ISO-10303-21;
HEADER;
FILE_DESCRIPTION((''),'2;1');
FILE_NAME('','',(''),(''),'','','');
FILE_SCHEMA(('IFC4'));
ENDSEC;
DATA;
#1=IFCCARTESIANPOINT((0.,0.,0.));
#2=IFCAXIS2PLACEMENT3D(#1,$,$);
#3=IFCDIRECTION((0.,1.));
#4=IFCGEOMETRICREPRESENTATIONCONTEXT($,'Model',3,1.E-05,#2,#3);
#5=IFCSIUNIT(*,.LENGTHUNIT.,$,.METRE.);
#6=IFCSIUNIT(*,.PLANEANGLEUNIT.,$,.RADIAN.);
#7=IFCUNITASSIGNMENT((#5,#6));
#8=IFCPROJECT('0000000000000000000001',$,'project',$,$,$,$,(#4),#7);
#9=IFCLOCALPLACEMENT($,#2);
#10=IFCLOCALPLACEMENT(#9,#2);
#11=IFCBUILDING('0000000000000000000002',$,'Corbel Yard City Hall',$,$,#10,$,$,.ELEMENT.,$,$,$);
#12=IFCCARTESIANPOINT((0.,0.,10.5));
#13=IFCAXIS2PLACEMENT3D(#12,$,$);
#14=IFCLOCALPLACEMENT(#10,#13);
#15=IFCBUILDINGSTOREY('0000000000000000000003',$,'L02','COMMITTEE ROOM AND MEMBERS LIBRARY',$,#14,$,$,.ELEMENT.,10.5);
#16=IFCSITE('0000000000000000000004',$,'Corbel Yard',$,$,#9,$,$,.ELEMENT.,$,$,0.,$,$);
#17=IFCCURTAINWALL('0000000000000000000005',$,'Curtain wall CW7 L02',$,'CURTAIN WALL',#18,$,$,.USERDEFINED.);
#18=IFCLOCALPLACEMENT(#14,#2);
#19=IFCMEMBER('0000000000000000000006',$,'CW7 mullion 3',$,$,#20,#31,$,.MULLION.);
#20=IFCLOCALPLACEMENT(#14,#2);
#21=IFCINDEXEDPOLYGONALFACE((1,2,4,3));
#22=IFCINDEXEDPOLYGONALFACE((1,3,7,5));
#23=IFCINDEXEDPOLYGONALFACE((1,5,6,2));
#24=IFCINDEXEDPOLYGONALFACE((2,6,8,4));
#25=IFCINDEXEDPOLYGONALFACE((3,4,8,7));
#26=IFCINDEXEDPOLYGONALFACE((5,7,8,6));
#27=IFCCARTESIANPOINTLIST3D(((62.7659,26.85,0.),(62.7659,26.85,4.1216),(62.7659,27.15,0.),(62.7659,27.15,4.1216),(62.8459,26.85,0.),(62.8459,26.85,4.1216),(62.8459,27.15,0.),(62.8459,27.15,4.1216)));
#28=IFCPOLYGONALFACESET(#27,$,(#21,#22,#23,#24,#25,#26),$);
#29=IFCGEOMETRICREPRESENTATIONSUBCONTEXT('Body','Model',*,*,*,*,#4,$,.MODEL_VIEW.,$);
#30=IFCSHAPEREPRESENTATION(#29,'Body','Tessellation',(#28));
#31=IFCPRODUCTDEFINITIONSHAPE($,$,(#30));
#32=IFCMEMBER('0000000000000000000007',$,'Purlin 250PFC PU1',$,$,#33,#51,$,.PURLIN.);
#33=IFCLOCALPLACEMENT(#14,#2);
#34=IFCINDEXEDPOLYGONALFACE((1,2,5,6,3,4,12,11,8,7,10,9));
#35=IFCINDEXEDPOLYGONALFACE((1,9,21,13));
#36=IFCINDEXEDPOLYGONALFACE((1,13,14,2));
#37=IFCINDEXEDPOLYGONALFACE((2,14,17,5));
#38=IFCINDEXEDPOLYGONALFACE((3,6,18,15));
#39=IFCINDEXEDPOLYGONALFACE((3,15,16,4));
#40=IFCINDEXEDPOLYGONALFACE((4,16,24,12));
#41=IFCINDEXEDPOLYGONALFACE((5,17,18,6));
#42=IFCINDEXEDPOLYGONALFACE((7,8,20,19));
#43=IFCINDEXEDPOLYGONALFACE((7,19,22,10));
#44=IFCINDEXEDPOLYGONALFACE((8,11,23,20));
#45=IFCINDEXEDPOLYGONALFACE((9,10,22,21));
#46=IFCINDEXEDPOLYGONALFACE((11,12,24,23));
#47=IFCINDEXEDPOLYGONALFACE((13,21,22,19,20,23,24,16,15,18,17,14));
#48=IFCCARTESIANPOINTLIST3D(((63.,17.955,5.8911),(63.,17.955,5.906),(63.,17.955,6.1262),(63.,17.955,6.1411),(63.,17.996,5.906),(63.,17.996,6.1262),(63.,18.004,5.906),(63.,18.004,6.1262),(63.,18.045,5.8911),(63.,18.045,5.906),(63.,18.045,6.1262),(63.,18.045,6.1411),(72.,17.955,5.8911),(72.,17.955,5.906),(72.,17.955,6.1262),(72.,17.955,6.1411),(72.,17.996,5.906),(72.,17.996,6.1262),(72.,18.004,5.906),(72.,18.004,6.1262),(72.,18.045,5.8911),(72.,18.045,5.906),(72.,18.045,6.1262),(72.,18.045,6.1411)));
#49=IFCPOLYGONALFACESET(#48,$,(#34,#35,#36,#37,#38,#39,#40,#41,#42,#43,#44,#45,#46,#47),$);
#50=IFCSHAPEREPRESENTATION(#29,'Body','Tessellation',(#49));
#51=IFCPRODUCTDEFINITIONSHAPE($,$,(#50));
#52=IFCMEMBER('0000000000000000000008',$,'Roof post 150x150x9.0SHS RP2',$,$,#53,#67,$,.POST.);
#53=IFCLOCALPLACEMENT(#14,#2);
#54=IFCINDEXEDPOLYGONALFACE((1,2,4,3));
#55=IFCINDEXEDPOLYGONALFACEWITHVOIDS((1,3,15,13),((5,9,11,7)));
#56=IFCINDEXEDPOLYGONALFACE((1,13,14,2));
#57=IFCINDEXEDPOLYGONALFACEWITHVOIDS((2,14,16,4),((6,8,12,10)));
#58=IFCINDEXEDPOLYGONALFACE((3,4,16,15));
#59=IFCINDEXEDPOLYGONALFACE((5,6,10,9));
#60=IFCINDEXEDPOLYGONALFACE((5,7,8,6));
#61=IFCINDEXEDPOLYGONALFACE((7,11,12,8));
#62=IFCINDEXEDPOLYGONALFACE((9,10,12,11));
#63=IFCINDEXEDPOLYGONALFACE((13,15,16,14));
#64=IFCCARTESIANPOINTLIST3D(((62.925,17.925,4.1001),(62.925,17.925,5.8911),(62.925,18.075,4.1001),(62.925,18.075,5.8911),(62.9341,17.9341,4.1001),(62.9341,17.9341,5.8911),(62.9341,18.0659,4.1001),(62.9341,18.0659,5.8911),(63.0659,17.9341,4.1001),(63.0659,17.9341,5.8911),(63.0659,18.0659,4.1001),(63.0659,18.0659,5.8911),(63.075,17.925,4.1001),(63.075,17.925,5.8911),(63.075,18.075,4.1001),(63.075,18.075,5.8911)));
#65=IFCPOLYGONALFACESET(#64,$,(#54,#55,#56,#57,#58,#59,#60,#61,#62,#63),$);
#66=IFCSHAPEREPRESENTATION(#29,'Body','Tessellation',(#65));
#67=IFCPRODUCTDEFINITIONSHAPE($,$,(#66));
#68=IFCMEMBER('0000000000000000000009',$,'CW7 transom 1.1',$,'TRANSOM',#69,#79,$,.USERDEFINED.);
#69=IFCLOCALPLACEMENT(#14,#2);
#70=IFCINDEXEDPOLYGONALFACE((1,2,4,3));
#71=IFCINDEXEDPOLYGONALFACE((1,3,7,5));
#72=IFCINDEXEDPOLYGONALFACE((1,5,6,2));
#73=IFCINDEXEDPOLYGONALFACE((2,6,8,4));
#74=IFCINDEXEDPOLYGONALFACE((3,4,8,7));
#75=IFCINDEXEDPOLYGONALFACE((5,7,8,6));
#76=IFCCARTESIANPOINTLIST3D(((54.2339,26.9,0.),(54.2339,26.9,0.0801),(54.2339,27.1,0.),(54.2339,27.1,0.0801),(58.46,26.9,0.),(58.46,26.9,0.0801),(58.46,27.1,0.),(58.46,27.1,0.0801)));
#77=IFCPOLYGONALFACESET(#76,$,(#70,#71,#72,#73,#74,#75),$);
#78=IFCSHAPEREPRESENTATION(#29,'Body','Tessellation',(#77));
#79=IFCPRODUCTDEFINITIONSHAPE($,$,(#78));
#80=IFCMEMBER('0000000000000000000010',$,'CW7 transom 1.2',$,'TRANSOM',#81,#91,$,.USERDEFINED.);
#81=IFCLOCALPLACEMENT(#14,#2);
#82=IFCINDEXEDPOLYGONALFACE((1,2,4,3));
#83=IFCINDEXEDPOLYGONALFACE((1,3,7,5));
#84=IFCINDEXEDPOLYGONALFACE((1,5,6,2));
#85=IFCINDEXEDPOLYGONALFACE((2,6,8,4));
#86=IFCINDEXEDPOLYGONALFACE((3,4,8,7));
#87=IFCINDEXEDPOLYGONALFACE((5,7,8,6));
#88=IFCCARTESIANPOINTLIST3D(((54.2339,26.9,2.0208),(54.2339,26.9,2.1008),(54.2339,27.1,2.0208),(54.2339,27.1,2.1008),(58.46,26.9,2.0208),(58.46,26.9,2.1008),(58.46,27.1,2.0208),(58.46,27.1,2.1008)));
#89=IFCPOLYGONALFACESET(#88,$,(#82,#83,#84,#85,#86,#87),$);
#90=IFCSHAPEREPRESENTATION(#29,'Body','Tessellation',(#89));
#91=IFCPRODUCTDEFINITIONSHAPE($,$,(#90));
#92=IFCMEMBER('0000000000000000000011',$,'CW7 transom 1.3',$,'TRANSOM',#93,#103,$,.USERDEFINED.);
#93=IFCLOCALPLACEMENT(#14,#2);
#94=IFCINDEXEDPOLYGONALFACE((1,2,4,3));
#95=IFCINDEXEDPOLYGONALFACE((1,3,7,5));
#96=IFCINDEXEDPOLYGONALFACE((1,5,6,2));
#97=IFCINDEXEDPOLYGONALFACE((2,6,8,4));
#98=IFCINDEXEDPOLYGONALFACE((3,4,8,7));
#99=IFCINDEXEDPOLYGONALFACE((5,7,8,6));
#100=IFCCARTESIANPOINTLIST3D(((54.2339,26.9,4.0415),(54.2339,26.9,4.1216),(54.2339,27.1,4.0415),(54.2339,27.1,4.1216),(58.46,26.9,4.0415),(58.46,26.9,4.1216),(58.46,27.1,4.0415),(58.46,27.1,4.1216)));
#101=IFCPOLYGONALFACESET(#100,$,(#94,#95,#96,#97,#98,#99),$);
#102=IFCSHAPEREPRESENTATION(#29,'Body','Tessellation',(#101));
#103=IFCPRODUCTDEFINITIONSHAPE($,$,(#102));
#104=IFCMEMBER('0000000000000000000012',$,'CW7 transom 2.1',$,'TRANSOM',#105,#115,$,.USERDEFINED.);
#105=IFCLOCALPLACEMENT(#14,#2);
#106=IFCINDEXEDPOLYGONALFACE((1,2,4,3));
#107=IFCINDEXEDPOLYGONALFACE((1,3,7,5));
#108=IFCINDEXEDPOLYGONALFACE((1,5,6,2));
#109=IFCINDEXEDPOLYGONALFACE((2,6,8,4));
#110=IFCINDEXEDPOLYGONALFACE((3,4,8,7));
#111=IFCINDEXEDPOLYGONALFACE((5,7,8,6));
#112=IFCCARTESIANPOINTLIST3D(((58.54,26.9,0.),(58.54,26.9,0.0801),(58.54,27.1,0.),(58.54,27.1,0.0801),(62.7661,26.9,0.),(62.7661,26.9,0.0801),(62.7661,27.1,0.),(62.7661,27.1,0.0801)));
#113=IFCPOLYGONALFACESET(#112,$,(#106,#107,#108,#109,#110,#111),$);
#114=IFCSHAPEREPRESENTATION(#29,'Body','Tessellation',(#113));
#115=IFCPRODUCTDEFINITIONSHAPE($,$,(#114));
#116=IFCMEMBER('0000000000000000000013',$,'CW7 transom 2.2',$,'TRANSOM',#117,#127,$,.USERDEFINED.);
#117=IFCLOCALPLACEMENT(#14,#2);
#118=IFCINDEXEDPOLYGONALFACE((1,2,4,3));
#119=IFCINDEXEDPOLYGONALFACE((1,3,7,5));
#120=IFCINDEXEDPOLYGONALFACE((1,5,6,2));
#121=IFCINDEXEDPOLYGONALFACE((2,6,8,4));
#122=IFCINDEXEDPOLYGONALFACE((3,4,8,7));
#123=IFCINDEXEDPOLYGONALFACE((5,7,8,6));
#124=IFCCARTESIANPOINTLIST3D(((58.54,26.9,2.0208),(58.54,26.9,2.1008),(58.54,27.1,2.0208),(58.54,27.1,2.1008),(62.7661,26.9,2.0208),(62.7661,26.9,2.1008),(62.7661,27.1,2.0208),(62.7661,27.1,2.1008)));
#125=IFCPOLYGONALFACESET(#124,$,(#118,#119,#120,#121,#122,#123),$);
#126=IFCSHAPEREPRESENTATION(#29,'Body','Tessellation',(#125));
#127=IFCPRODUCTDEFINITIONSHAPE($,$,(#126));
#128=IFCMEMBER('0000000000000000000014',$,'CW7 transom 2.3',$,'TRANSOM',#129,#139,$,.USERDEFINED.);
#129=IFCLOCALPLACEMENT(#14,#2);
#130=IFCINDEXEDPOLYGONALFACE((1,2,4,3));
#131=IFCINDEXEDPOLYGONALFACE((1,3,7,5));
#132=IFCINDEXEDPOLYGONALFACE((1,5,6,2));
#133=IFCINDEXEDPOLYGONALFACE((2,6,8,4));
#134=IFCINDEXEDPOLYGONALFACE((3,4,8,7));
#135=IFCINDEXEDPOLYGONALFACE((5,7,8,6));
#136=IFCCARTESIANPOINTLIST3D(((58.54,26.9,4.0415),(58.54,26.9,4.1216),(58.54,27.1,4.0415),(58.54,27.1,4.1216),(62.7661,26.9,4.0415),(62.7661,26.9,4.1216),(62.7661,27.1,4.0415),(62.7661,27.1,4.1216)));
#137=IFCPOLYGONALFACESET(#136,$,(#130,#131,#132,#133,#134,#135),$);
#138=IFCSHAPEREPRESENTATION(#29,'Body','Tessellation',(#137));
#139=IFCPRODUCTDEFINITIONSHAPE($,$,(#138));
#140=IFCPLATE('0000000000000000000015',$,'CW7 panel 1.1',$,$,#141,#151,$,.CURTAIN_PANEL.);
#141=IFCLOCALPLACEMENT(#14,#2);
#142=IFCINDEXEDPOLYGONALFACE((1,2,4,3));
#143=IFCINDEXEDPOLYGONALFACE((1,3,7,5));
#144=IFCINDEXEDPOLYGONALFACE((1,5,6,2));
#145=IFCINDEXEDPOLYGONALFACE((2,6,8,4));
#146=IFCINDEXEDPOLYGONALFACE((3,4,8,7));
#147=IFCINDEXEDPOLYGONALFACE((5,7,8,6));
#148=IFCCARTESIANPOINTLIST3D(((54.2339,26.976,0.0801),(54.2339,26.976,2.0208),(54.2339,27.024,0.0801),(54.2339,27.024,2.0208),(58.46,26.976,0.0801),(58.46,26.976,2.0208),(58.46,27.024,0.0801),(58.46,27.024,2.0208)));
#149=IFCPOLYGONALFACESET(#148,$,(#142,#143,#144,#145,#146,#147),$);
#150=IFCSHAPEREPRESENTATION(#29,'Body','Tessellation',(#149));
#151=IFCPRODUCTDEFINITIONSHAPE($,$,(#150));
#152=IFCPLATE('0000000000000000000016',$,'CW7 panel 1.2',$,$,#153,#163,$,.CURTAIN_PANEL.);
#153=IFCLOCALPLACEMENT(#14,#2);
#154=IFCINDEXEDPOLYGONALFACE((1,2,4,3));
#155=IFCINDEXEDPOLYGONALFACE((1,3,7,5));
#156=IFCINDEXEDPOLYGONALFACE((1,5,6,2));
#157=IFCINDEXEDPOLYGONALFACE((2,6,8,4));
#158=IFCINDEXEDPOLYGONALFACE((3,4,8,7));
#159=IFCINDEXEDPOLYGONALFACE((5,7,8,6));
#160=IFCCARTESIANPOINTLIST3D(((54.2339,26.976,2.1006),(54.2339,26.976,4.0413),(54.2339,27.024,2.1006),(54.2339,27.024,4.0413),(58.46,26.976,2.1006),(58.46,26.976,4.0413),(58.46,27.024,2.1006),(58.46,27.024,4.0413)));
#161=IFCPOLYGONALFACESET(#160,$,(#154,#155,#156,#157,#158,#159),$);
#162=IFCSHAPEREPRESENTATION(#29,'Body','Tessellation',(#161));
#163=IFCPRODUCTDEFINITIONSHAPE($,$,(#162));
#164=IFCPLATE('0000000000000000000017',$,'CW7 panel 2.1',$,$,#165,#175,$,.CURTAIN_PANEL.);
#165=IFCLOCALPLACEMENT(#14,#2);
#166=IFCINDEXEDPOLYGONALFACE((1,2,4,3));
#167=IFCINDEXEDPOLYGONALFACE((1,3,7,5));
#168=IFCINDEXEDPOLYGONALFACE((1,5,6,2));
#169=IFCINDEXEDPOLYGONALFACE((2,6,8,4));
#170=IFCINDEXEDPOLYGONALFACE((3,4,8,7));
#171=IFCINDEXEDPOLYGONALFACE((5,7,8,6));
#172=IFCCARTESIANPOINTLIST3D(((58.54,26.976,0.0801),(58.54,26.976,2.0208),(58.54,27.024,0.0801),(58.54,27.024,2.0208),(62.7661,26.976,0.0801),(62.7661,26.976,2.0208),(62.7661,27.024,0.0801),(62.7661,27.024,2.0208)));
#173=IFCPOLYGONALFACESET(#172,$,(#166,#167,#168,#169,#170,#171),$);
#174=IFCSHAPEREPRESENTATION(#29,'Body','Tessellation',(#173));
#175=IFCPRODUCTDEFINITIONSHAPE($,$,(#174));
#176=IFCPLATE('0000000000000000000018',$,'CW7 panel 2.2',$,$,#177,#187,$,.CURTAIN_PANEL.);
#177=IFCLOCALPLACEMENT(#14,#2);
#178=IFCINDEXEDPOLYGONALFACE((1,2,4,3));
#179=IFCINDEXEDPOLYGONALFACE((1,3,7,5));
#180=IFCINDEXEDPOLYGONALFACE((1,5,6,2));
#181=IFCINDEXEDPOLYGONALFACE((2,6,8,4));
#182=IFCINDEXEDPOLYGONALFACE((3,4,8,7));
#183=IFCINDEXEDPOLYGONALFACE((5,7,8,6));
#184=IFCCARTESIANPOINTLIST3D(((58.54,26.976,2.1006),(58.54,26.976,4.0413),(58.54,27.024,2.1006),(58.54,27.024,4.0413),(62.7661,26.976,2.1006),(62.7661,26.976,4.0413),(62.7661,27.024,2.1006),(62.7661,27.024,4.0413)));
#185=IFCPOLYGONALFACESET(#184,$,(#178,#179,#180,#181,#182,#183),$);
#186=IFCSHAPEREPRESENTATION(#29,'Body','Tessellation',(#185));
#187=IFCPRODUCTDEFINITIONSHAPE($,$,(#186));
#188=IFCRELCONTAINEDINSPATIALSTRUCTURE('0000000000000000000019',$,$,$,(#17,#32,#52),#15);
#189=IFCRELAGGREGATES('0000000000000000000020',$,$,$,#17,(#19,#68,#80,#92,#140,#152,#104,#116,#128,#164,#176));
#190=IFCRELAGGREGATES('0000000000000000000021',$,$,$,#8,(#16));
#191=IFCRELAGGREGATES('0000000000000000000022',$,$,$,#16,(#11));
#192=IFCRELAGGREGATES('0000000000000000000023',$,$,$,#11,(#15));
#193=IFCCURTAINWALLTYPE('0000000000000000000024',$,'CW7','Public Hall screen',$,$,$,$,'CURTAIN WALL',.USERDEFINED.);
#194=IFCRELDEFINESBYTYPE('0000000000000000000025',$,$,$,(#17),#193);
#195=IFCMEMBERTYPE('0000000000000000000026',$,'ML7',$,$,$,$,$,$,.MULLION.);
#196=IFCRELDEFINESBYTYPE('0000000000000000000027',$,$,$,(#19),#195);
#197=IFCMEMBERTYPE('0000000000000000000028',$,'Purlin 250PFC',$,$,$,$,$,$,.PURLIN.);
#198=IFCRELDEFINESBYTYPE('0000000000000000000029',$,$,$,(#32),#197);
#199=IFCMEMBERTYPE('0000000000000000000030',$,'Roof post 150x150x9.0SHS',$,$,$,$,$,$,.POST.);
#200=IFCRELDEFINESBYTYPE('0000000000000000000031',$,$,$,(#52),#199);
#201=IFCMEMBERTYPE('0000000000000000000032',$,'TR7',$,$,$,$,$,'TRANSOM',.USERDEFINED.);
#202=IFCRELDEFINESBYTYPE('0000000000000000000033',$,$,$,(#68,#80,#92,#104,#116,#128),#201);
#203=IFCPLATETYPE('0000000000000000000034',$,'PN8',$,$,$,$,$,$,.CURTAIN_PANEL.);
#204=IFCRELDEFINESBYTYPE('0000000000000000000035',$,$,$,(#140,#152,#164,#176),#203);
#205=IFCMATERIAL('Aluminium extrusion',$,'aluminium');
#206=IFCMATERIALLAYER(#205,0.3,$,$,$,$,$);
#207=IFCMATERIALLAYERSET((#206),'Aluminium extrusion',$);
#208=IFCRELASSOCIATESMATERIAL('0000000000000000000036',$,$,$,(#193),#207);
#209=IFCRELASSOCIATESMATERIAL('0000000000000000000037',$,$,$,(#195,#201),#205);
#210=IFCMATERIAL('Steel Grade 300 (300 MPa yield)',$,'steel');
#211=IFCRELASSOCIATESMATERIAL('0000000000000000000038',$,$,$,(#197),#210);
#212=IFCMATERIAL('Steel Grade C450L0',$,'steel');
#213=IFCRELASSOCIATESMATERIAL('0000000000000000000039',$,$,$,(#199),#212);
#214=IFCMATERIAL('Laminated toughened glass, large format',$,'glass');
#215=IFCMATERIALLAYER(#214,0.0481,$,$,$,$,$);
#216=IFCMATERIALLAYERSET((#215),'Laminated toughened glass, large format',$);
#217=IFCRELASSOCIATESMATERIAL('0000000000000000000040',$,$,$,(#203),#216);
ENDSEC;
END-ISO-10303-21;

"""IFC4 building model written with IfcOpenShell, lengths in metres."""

from ifc_helpers import new_model, si_unit, direction, frame, origin, origin_2d, place, context, subcontext, project, spatial, rectangle, hollow_rectangle, i_section, extrude, material, layer, layer_set, material_profile, profile_set, type_object, element, aggregate, save


model = new_model("IFC4")

# Units and contexts
model_context = context("Model", 3, precision=1e-05, world=origin(), true_north=direction((0.0, 1.0)))
body_context = subcontext(model_context, "Body", "Model", "MODEL_VIEW")
ifc_project = project(units=[si_unit("LENGTHUNIT", "METRE"), si_unit("PLANEANGLEUNIT", "RADIAN")], contexts=[model_context])

# Site, building, storey
site_placement = place(None, origin())
site = spatial("IfcSite", under=ifc_project, at=site_placement, Name="Corbel Yard", CompositionType="ELEMENT", RefElevation=0.0)
building_placement = place(site_placement, origin())
building = spatial("IfcBuilding", under=site, at=building_placement, Name="Corbel Yard City Hall", CompositionType="ELEMENT")
storey_placement = place(building_placement, frame((0.0, 0.0, 10.5)))
storey = spatial("IfcBuildingStorey", under=building, at=storey_placement, Name="L02", Description="COMMITTEE ROOM AND MEMBERS LIBRARY", CompositionType="ELEMENT", Elevation=10.5)

# Shared definitions
ifc_material_1 = material(Name="Steel Grade 300 (300 MPa yield)", Category="steel")

# Curtain wall, member
ifc_material_2 = material(Name="Aluminium extrusion", Category="aluminium")
ifc_layer_1 = layer(ifc_material_2, 0.3)
ifc_layer_set_1 = layer_set([ifc_layer_1], Name="Aluminium extrusion")
curtain_wall_type = type_object("IfcCurtainWallType", Name="CW7", Description="Public Hall screen", ElementType="CURTAIN WALL", PredefinedType="USERDEFINED", material=ifc_layer_set_1)
curtain_wall_placement = place(storey_placement, origin())
curtain_wall = element("IfcCurtainWall", 1, at=curtain_wall_placement, inside=storey, type_object=curtain_wall_type, Name="Curtain wall CW7 L02", ObjectType="CURTAIN WALL", PredefinedType="USERDEFINED")
ifc_material_profile_1 = material_profile(ifc_material_2, rectangle(XDim=0.3, YDim=0.0801, at=origin_2d()), Name="300x80")
ifc_profile_set_1 = profile_set([ifc_material_profile_1], Name="Aluminium extrusion")
member_type_1 = type_object("IfcMemberType", Name="ML7", PredefinedType="MULLION", material=ifc_profile_set_1)
member_1_placement = place(storey_placement, frame((62.8059, 27.0, 0.0), z_axis=(0.0, 0.0, 1.0), x_axis=(0.0, 1.0, 0.0)))
member_1 = element("IfcMember", 2, at=member_1_placement, type_object=member_type_1, Name="CW7 mullion 3", PredefinedType="MULLION", context=body_context, shape_type="SweptSolid", body=[
    extrude(rectangle(XDim=0.3, YDim=0.0801, at=origin_2d()), origin(), (0.0, 0.0, 1.0), 4.1216),
])

# Members
ifc_material_profile_2 = material_profile(ifc_material_1, i_section(OverallWidth=0.0901, OverallDepth=0.25, WebThickness=0.0081, FlangeThickness=0.0149, at=origin_2d()), Name="250PFC")
ifc_profile_set_2 = profile_set([ifc_material_profile_2], Name="Steel Grade 300 (300 MPa yield)")
member_type_2 = type_object("IfcMemberType", Name="Purlin 250PFC", PredefinedType="PURLIN", material=ifc_profile_set_2)
member_2_placement = place(storey_placement, frame((63.0, 18.0, 6.0161), z_axis=(1.0, 0.0, 0.0), x_axis=(0.0, 1.0, 0.0)))
element("IfcMember", 3, at=member_2_placement, inside=storey, type_object=member_type_2, Name="Purlin 250PFC PU1", PredefinedType="PURLIN", context=body_context, shape_type="SweptSolid", body=[
    extrude(i_section(OverallWidth=0.0901, OverallDepth=0.25, WebThickness=0.0081, FlangeThickness=0.0149, at=origin_2d()), origin(), (0.0, 0.0, 1.0), 9.0),
])
ifc_material_3 = material(Name="Steel Grade C450L0", Category="steel")
ifc_material_profile_3 = material_profile(ifc_material_3, hollow_rectangle(XDim=0.1499, YDim=0.1499, WallThickness=0.009, at=origin_2d()), Name="150x150x9.0SHS")
ifc_profile_set_3 = profile_set([ifc_material_profile_3], Name="Steel Grade C450L0")
member_type_3 = type_object("IfcMemberType", Name="Roof post 150x150x9.0SHS", PredefinedType="POST", material=ifc_profile_set_3)
member_3_placement = place(storey_placement, frame((63.0, 18.0, 4.1001), z_axis=(0.0, 0.0, 1.0), x_axis=(1.0, 0.0, 0.0)))
element("IfcMember", 4, at=member_3_placement, inside=storey, type_object=member_type_3, Name="Roof post 150x150x9.0SHS RP2", PredefinedType="POST", context=body_context, shape_type="SweptSolid", body=[
    extrude(hollow_rectangle(XDim=0.1499, YDim=0.1499, WallThickness=0.009, at=origin_2d()), origin(), (0.0, 0.0, 1.0), 1.791),
])

# Members
ifc_material_profile_4 = material_profile(ifc_material_2, rectangle(XDim=0.2, YDim=0.0801, at=origin_2d()), Name="200x80")
ifc_profile_set_4 = profile_set([ifc_material_profile_4], Name="Aluminium extrusion")
member_type_4 = type_object("IfcMemberType", Name="TR7", ElementType="TRANSOM", PredefinedType="USERDEFINED", material=ifc_profile_set_4)
member_4_placement = place(storey_placement, frame((54.2339, 27.0, 0.04), z_axis=(1.0, 0.0, 0.0), x_axis=(0.0, 1.0, 0.0)))
member_4 = element("IfcMember", 5, at=member_4_placement, type_object=member_type_4, Name="CW7 transom 1.1", ObjectType="TRANSOM", PredefinedType="USERDEFINED", context=body_context, shape_type="SweptSolid", body=[
    extrude(rectangle(XDim=0.2, YDim=0.0801, at=origin_2d()), origin(), (0.0, 0.0, 1.0), 4.2261),
])
member_5_placement = place(storey_placement, frame((54.2339, 27.0, 2.0608), z_axis=(1.0, 0.0, 0.0), x_axis=(0.0, 1.0, 0.0)))
member_5 = element("IfcMember", 6, at=member_5_placement, type_object=member_type_4, Name="CW7 transom 1.2", ObjectType="TRANSOM", PredefinedType="USERDEFINED", context=body_context, shape_type="SweptSolid", body=[
    extrude(rectangle(XDim=0.2, YDim=0.0801, at=origin_2d()), origin(), (0.0, 0.0, 1.0), 4.2261),
])
member_6_placement = place(storey_placement, frame((54.2339, 27.0, 4.0815), z_axis=(1.0, 0.0, 0.0), x_axis=(0.0, 1.0, 0.0)))
member_6 = element("IfcMember", 7, at=member_6_placement, type_object=member_type_4, Name="CW7 transom 1.3", ObjectType="TRANSOM", PredefinedType="USERDEFINED", context=body_context, shape_type="SweptSolid", body=[
    extrude(rectangle(XDim=0.2, YDim=0.0801, at=origin_2d()), origin(), (0.0, 0.0, 1.0), 4.2261),
])
member_7_placement = place(storey_placement, frame((58.54, 27.0, 0.04), z_axis=(1.0, 0.0, 0.0), x_axis=(0.0, 1.0, 0.0)))
member_7 = element("IfcMember", 8, at=member_7_placement, type_object=member_type_4, Name="CW7 transom 2.1", ObjectType="TRANSOM", PredefinedType="USERDEFINED", context=body_context, shape_type="SweptSolid", body=[
    extrude(rectangle(XDim=0.2, YDim=0.0801, at=origin_2d()), origin(), (0.0, 0.0, 1.0), 4.2261),
])
member_8_placement = place(storey_placement, frame((58.54, 27.0, 2.0608), z_axis=(1.0, 0.0, 0.0), x_axis=(0.0, 1.0, 0.0)))
member_8 = element("IfcMember", 9, at=member_8_placement, type_object=member_type_4, Name="CW7 transom 2.2", ObjectType="TRANSOM", PredefinedType="USERDEFINED", context=body_context, shape_type="SweptSolid", body=[
    extrude(rectangle(XDim=0.2, YDim=0.0801, at=origin_2d()), origin(), (0.0, 0.0, 1.0), 4.2261),
])
member_9_placement = place(storey_placement, frame((58.54, 27.0, 4.0815), z_axis=(1.0, 0.0, 0.0), x_axis=(0.0, 1.0, 0.0)))
member_9 = element("IfcMember", 10, at=member_9_placement, type_object=member_type_4, Name="CW7 transom 2.3", ObjectType="TRANSOM", PredefinedType="USERDEFINED", context=body_context, shape_type="SweptSolid", body=[
    extrude(rectangle(XDim=0.2, YDim=0.0801, at=origin_2d()), origin(), (0.0, 0.0, 1.0), 4.2261),
])

# Plates
ifc_material_4 = material(Name="Laminated toughened glass, large format", Category="glass")
ifc_layer_2 = layer(ifc_material_4, 0.0481)
ifc_layer_set_2 = layer_set([ifc_layer_2], Name="Laminated toughened glass, large format")
plate_type_1 = type_object("IfcPlateType", Name="PN8", PredefinedType="CURTAIN_PANEL", material=ifc_layer_set_2)
plate_1_placement = place(storey_placement, frame((56.3469, 27.0, 0.0801), z_axis=(0.0, 0.0, 1.0), x_axis=(1.0, 0.0, 0.0)))
plate_1 = element("IfcPlate", 11, at=plate_1_placement, type_object=plate_type_1, Name="CW7 panel 1.1", PredefinedType="CURTAIN_PANEL", context=body_context, shape_type="SweptSolid", body=[
    extrude(rectangle(XDim=4.2261, YDim=0.0481, at=origin_2d()), origin(), (0.0, 0.0, 1.0), 1.9407),
])
plate_2_placement = place(storey_placement, frame((56.3469, 27.0, 2.1006), z_axis=(0.0, 0.0, 1.0), x_axis=(1.0, 0.0, 0.0)))
plate_2 = element("IfcPlate", 12, at=plate_2_placement, type_object=plate_type_1, Name="CW7 panel 1.2", PredefinedType="CURTAIN_PANEL", context=body_context, shape_type="SweptSolid", body=[
    extrude(rectangle(XDim=4.2261, YDim=0.0481, at=origin_2d()), origin(), (0.0, 0.0, 1.0), 1.9407),
])
plate_3_placement = place(storey_placement, frame((60.6531, 27.0, 0.0801), z_axis=(0.0, 0.0, 1.0), x_axis=(1.0, 0.0, 0.0)))
plate_3 = element("IfcPlate", 13, at=plate_3_placement, type_object=plate_type_1, Name="CW7 panel 2.1", PredefinedType="CURTAIN_PANEL", context=body_context, shape_type="SweptSolid", body=[
    extrude(rectangle(XDim=4.2261, YDim=0.0481, at=origin_2d()), origin(), (0.0, 0.0, 1.0), 1.9407),
])
plate_4_placement = place(storey_placement, frame((60.6531, 27.0, 2.1006), z_axis=(0.0, 0.0, 1.0), x_axis=(1.0, 0.0, 0.0)))
plate_4 = element("IfcPlate", 14, at=plate_4_placement, type_object=plate_type_1, Name="CW7 panel 2.2", PredefinedType="CURTAIN_PANEL", context=body_context, shape_type="SweptSolid", body=[
    extrude(rectangle(XDim=4.2261, YDim=0.0481, at=origin_2d()), origin(), (0.0, 0.0, 1.0), 1.9407),
])
aggregate(curtain_wall, [member_1, member_4, member_5, member_6, plate_1, plate_2, member_7, member_8, member_9, plate_3, plate_4])

save(model, "model.ifc")
